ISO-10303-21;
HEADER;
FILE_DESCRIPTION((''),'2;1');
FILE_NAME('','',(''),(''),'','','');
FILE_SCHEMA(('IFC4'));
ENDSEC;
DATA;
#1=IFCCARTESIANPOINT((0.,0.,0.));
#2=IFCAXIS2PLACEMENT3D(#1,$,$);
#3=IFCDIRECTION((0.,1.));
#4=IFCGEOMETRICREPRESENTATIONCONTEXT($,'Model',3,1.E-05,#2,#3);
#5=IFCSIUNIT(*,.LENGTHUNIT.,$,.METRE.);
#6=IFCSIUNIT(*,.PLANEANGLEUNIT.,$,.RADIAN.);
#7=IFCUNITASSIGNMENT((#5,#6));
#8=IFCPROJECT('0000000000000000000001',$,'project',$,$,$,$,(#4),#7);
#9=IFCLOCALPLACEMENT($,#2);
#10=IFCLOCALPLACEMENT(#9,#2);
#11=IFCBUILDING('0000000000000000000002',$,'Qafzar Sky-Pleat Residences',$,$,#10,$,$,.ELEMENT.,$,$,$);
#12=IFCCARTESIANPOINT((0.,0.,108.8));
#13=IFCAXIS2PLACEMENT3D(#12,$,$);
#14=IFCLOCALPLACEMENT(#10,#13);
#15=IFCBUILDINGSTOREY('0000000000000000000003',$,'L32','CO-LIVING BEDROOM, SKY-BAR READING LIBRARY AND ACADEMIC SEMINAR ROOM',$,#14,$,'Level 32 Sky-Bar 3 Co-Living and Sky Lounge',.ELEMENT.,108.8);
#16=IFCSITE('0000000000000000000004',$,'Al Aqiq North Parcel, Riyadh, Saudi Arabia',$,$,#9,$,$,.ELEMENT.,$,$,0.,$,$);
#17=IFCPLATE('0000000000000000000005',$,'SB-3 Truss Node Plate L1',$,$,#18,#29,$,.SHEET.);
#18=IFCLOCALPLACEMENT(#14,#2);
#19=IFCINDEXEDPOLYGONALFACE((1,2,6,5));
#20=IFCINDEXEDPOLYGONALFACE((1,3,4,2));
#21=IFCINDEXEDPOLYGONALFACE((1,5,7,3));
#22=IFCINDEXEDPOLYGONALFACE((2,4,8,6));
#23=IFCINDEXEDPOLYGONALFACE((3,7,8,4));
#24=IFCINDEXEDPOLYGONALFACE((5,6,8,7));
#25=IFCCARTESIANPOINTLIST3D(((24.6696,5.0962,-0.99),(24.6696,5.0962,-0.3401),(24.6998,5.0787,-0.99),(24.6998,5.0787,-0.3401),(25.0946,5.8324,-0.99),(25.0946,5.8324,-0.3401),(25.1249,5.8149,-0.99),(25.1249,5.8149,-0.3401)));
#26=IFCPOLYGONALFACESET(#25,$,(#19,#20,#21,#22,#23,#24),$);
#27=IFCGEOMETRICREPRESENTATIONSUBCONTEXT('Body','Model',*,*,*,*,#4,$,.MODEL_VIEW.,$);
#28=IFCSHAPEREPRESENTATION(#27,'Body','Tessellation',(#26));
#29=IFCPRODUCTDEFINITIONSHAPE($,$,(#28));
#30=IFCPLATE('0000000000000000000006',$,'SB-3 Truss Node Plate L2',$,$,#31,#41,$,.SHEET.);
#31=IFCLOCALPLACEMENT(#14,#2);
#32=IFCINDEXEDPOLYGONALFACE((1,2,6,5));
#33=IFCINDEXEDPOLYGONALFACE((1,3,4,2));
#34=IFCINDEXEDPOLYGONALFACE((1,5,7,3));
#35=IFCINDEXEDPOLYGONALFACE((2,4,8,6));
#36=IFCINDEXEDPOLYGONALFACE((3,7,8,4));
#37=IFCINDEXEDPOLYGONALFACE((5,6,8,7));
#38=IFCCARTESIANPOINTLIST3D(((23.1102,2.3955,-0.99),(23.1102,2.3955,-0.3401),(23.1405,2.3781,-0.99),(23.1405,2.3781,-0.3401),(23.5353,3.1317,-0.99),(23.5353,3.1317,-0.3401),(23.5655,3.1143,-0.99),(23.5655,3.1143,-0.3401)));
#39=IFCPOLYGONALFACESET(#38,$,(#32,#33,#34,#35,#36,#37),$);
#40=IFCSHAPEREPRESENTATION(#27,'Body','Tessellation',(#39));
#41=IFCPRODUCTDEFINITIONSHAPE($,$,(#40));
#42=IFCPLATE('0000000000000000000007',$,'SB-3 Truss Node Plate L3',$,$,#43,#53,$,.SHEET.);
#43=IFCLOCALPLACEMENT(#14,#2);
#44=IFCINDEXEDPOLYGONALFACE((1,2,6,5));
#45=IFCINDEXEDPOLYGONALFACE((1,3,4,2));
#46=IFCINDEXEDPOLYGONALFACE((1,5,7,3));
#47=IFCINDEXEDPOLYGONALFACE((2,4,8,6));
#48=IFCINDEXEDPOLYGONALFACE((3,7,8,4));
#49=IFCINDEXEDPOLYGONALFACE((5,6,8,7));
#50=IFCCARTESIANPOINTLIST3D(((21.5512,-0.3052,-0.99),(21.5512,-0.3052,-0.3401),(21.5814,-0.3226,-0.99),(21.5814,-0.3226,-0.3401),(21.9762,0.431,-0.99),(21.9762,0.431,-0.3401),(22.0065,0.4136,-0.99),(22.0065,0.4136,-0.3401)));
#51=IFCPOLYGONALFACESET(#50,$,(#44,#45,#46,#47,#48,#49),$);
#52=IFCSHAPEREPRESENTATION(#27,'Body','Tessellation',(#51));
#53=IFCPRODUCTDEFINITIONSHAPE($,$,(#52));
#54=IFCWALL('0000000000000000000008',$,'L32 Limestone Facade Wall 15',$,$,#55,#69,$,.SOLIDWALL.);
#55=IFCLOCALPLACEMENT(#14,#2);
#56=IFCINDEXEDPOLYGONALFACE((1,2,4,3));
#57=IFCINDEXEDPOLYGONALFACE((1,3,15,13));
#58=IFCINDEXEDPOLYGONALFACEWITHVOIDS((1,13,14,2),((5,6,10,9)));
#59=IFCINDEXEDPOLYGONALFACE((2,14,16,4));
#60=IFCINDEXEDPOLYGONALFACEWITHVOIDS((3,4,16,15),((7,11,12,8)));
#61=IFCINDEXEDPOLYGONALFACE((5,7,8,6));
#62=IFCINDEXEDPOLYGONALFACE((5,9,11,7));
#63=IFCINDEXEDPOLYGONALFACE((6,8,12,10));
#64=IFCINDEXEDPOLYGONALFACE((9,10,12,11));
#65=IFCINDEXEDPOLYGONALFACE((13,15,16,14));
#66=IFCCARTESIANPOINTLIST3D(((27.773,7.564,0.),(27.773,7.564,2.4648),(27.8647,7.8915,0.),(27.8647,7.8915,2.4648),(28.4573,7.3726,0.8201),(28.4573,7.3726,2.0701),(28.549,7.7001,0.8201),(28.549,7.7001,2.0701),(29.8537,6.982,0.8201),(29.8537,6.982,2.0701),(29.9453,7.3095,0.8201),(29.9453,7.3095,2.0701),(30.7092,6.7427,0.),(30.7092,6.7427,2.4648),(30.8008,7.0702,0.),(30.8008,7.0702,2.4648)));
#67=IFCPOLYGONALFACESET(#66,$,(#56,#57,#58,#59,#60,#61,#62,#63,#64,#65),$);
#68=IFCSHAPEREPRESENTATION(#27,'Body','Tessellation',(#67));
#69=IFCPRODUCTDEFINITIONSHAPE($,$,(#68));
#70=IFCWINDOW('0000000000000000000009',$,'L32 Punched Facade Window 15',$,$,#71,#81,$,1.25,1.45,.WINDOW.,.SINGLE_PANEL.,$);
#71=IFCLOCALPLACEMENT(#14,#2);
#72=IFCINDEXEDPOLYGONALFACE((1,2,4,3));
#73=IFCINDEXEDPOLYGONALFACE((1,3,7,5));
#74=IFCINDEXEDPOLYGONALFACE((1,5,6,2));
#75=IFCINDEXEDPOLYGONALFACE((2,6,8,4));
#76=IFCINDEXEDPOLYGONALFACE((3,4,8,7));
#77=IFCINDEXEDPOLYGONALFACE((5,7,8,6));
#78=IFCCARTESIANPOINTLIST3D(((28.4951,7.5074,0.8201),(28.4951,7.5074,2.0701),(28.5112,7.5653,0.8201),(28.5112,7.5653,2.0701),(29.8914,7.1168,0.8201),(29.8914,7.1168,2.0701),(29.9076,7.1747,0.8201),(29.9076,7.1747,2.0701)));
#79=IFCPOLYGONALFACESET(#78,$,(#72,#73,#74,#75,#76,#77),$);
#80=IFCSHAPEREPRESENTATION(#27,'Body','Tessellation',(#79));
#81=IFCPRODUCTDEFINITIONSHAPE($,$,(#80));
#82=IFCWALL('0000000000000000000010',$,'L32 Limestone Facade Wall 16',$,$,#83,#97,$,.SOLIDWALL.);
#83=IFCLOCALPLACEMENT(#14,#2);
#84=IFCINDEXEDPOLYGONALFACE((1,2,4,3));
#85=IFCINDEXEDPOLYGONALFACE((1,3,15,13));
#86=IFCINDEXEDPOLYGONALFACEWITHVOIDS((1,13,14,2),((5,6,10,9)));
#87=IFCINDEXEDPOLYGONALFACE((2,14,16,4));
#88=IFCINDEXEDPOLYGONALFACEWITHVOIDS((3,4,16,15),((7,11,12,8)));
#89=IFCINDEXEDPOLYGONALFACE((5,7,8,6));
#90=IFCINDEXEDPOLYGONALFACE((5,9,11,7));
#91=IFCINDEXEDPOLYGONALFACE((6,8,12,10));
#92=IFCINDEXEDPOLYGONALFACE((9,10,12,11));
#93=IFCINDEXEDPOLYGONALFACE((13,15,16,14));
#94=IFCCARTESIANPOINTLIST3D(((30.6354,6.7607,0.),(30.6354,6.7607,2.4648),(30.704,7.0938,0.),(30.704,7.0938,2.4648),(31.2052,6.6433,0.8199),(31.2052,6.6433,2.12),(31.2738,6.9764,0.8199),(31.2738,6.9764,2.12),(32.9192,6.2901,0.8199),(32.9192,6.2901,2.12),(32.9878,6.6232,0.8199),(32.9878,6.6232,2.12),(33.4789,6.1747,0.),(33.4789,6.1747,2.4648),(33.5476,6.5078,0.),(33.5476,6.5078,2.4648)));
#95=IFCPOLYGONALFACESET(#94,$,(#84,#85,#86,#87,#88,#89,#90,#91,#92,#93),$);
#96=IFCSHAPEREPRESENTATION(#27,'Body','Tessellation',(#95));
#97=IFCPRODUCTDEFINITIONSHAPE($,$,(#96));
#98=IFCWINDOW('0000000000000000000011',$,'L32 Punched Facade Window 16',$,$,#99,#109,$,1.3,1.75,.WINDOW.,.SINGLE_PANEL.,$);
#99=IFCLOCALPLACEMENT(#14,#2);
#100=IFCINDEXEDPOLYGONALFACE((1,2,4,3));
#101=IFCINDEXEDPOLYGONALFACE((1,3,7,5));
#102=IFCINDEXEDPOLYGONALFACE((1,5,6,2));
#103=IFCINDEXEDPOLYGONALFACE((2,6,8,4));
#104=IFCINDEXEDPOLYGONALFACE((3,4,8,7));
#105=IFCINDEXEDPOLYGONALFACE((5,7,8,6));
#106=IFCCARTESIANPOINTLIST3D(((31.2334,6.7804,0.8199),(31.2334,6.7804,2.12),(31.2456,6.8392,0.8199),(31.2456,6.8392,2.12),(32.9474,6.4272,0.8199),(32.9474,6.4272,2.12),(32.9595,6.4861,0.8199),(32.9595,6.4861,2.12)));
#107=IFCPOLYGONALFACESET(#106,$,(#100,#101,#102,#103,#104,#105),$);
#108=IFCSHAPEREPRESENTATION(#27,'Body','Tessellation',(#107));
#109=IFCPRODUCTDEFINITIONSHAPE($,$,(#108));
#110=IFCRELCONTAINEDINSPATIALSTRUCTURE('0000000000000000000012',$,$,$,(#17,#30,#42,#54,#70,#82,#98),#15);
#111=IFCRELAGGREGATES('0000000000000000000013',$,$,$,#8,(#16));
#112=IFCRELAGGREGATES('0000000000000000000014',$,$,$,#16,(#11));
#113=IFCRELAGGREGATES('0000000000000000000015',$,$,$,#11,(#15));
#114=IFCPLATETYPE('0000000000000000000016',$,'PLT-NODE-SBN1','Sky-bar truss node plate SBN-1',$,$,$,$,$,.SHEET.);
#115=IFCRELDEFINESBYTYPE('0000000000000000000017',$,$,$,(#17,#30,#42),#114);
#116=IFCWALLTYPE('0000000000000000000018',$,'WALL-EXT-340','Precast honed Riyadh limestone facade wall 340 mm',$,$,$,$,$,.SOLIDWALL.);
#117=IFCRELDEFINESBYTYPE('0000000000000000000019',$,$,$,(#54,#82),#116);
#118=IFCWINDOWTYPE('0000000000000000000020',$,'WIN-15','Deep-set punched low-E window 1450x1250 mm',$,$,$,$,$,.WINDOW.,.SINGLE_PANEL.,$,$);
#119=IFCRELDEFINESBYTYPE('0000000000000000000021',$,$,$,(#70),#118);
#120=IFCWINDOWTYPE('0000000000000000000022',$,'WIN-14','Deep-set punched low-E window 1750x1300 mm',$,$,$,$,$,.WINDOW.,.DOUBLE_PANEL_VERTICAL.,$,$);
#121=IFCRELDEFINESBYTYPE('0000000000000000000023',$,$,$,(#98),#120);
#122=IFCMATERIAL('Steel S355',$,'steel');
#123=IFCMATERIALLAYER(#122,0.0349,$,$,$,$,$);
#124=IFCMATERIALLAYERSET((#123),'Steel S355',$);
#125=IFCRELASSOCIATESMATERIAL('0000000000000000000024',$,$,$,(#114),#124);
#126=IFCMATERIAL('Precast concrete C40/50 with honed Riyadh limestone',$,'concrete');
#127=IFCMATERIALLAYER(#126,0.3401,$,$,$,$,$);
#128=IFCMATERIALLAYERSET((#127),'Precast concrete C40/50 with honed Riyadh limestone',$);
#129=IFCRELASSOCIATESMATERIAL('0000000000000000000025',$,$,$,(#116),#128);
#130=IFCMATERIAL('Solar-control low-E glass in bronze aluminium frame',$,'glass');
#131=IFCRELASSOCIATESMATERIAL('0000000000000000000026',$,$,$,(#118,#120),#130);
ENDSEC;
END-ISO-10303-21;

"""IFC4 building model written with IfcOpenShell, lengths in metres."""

from ifc_helpers import new_model, si_unit, direction, frame, frame_2d, origin, origin_2d, place, context, subcontext, project, spatial, rectangle, extrude, source, transform, mapped, material, layer, layer_set, type_object, element, fill, save


model = new_model("IFC4")

# Units and contexts
model_context = context("Model", 3, precision=1e-05, world=origin(), true_north=direction((0.0, 1.0)))
body_context = subcontext(model_context, "Body", "Model", "MODEL_VIEW")
ifc_project = project(units=[si_unit("LENGTHUNIT", "METRE"), si_unit("PLANEANGLEUNIT", "RADIAN")], contexts=[model_context])

# Site, building, storey
site_placement = place(None, origin())
site = spatial("IfcSite", under=ifc_project, at=site_placement, Name="Al Aqiq North Parcel, Riyadh, Saudi Arabia", CompositionType="ELEMENT", RefElevation=0.0)
building_placement = place(site_placement, origin())
building = spatial("IfcBuilding", under=site, at=building_placement, Name="Qafzar Sky-Pleat Residences", CompositionType="ELEMENT")
storey_placement = place(building_placement, frame((0.0, 0.0, 108.8)))
storey = spatial("IfcBuildingStorey", under=building, at=storey_placement, Name="L32", Description="CO-LIVING BEDROOM, SKY-BAR READING LIBRARY AND ACADEMIC SEMINAR ROOM", LongName="Level 32 Sky-Bar 3 Co-Living and Sky Lounge", CompositionType="ELEMENT", Elevation=108.8)

# Shared definitions
ifc_material_1 = material(Name="Steel S355", Category="steel")

# Plates
ifc_layer_1 = layer(ifc_material_1, 0.0349)
ifc_layer_set_1 = layer_set([ifc_layer_1], Name="Steel S355")
plate_type = type_object("IfcPlateType", Name="PLT-NODE-SBN1", Description="Sky-bar truss node plate SBN-1", PredefinedType="SHEET", material=ifc_layer_set_1)
shared_shape_1 = source(origin(), body_context, "Body", "SweptSolid", [
    extrude(rectangle(XDim=0.8501, YDim=0.0349, at=origin_2d()), origin(), (0.0, 0.0, 1.0), 0.6499),
])
for number, where, z_axis, x_axis, name in (
    (1, (24.8972, 5.4556, -0.99), (0.0, 0.0, 1.0), (-0.5, -0.866025, 0.0), "SB-3 Truss Node Plate L1"),
    (2, (23.3379, 2.7549, -0.99), (0.0, 0.0, 1.0), (-0.5, -0.866025, 0.0), "SB-3 Truss Node Plate L2"),
    (3, (21.7788, 0.0542, -0.99), (0.0, 0.0, 1.0), (-0.5, -0.866025, 0.0), "SB-3 Truss Node Plate L3"),
):
    element("IfcPlate", number, at=place(storey_placement, frame(where, z_axis=z_axis, x_axis=x_axis)), inside=storey, type_object=plate_type, Name=name, PredefinedType="SHEET", context=body_context, shape_type="MappedRepresentation", body=[
        mapped(shared_shape_1, transform((0.0, 0.0, 0.0), x_axis=(1.0, 0.0, 0.0), y_axis=(0.0, 1.0, 0.0), z_axis=(0.0, 0.0, 1.0), scale=1.0)),
    ])

# Walls, openings, windows
ifc_material_2 = material(Name="Precast concrete C40/50 with honed Riyadh limestone", Category="concrete")
ifc_layer_2 = layer(ifc_material_2, 0.3401)
ifc_layer_set_2 = layer_set([ifc_layer_2], Name="Precast concrete C40/50 with honed Riyadh limestone")
wall_type = type_object("IfcWallType", Name="WALL-EXT-340", Description="Precast honed Riyadh limestone facade wall 340 mm", PredefinedType="SOLIDWALL", material=ifc_layer_set_2)
wall_1_placement = place(storey_placement, frame((27.8188, 7.7278, 0.0), z_axis=(0.0, 0.0, 1.0), x_axis=(0.963032, -0.269386, 0.0)))
wall_1 = element("IfcWall", 4, at=wall_1_placement, inside=storey, type_object=wall_type, Name="L32 Limestone Facade Wall 15", PredefinedType="SOLIDWALL", context=body_context, shape_type="SweptSolid", body=[
    extrude(rectangle(XDim=3.0488, YDim=0.3401, at=frame_2d((1.5244, 0.0))), origin(), (0.0, 0.0, 1.0), 2.4648),
])
opening_1_placement = place(wall_1_placement, frame((0.7104, 0.0, 0.8201)))
opening_1 = element("IfcOpeningElement", 5, at=opening_1_placement, cuts=wall_1, PredefinedType="OPENING", context=body_context, shape_type="SweptSolid", body=[
    extrude(rectangle(XDim=1.45, YDim=1.25, at=frame_2d((0.7251, 0.625))), frame((0.0, 0.1802, 0.0), z_axis=(0.0, -1.0, 0.0), x_axis=(1.0, 0.0, 0.0)), (0.0, 0.0, 1.0), 0.3601),
])
ifc_material_3 = material(Name="Solar-control low-E glass in bronze aluminium frame", Category="glass")
window_type_1 = type_object("IfcWindowType", Name="WIN-15", Description="Deep-set punched low-E window 1450x1250 mm", PartitioningType="SINGLE_PANEL", PredefinedType="WINDOW", material=ifc_material_3)
shared_shape_2 = source(origin(), body_context, "Body", "SweptSolid", [
    extrude(rectangle(XDim=1.45, YDim=1.25, at=frame_2d((0.7251, 0.625))), frame((0.0, 0.03, 0.0), z_axis=(0.0, -1.0, 0.0), x_axis=(1.0, 0.0, 0.0)), (0.0, 0.0, 1.0), 0.0601),
])
window_1_placement = place(opening_1_placement, origin())
window_1 = element("IfcWindow", 6, at=window_1_placement, inside=storey, type_object=window_type_1, Name="L32 Punched Facade Window 15", OverallHeight=1.25, OverallWidth=1.45, PartitioningType="SINGLE_PANEL", PredefinedType="WINDOW", context=body_context, shape_type="MappedRepresentation", body=[
    mapped(shared_shape_2, transform((0.0, 0.0, 0.0), x_axis=(1.0, 0.0, 0.0), y_axis=(0.0, 1.0, 0.0), z_axis=(0.0, 0.0, 1.0), scale=1.0)),
])
fill(opening_1, window_1)
wall_2_placement = place(storey_placement, frame((30.6697, 6.9272, 0.0), z_axis=(0.0, 0.0, 1.0), x_axis=(0.979422, -0.201821, 0.0)))
wall_2 = element("IfcWall", 7, at=wall_2_placement, inside=storey, type_object=wall_type, Name="L32 Limestone Facade Wall 16", PredefinedType="SOLIDWALL", context=body_context, shape_type="SweptSolid", body=[
    extrude(rectangle(XDim=2.9033, YDim=0.3401, at=frame_2d((1.4517, 0.0))), origin(), (0.0, 0.0, 1.0), 2.4648),
])
opening_2_placement = place(wall_2_placement, frame((0.5818, 0.0, 0.8201)))
opening_2 = element("IfcOpeningElement", 8, at=opening_2_placement, cuts=wall_2, PredefinedType="OPENING", context=body_context, shape_type="SweptSolid", body=[
    extrude(rectangle(XDim=1.75, YDim=1.3, at=frame_2d((0.875, 0.6499))), frame((0.0, 0.1802, 0.0), z_axis=(0.0, -1.0, 0.0), x_axis=(1.0, 0.0, 0.0)), (0.0, 0.0, 1.0), 0.3601),
])
window_type_2 = type_object("IfcWindowType", Name="WIN-14", Description="Deep-set punched low-E window 1750x1300 mm", PartitioningType="DOUBLE_PANEL_VERTICAL", PredefinedType="WINDOW", material=ifc_material_3)
shared_shape_3 = source(origin(), body_context, "Body", "SweptSolid", [
    extrude(rectangle(XDim=1.75, YDim=1.3, at=frame_2d((0.875, 0.6499))), frame((0.0, 0.03, 0.0), z_axis=(0.0, -1.0, 0.0), x_axis=(1.0, 0.0, 0.0)), (0.0, 0.0, 1.0), 0.0601),
])
window_2_placement = place(opening_2_placement, origin())
window_2 = element("IfcWindow", 9, at=window_2_placement, inside=storey, type_object=window_type_2, Name="L32 Punched Facade Window 16", OverallHeight=1.3, OverallWidth=1.75, PartitioningType="SINGLE_PANEL", PredefinedType="WINDOW", context=body_context, shape_type="MappedRepresentation", body=[
    mapped(shared_shape_3, transform((0.0, 0.0, 0.0), x_axis=(1.0, 0.0, 0.0), y_axis=(0.0, 1.0, 0.0), z_axis=(0.0, 0.0, 1.0), scale=1.0)),
])
fill(opening_2, window_2)

save(model, "model.ifc")
